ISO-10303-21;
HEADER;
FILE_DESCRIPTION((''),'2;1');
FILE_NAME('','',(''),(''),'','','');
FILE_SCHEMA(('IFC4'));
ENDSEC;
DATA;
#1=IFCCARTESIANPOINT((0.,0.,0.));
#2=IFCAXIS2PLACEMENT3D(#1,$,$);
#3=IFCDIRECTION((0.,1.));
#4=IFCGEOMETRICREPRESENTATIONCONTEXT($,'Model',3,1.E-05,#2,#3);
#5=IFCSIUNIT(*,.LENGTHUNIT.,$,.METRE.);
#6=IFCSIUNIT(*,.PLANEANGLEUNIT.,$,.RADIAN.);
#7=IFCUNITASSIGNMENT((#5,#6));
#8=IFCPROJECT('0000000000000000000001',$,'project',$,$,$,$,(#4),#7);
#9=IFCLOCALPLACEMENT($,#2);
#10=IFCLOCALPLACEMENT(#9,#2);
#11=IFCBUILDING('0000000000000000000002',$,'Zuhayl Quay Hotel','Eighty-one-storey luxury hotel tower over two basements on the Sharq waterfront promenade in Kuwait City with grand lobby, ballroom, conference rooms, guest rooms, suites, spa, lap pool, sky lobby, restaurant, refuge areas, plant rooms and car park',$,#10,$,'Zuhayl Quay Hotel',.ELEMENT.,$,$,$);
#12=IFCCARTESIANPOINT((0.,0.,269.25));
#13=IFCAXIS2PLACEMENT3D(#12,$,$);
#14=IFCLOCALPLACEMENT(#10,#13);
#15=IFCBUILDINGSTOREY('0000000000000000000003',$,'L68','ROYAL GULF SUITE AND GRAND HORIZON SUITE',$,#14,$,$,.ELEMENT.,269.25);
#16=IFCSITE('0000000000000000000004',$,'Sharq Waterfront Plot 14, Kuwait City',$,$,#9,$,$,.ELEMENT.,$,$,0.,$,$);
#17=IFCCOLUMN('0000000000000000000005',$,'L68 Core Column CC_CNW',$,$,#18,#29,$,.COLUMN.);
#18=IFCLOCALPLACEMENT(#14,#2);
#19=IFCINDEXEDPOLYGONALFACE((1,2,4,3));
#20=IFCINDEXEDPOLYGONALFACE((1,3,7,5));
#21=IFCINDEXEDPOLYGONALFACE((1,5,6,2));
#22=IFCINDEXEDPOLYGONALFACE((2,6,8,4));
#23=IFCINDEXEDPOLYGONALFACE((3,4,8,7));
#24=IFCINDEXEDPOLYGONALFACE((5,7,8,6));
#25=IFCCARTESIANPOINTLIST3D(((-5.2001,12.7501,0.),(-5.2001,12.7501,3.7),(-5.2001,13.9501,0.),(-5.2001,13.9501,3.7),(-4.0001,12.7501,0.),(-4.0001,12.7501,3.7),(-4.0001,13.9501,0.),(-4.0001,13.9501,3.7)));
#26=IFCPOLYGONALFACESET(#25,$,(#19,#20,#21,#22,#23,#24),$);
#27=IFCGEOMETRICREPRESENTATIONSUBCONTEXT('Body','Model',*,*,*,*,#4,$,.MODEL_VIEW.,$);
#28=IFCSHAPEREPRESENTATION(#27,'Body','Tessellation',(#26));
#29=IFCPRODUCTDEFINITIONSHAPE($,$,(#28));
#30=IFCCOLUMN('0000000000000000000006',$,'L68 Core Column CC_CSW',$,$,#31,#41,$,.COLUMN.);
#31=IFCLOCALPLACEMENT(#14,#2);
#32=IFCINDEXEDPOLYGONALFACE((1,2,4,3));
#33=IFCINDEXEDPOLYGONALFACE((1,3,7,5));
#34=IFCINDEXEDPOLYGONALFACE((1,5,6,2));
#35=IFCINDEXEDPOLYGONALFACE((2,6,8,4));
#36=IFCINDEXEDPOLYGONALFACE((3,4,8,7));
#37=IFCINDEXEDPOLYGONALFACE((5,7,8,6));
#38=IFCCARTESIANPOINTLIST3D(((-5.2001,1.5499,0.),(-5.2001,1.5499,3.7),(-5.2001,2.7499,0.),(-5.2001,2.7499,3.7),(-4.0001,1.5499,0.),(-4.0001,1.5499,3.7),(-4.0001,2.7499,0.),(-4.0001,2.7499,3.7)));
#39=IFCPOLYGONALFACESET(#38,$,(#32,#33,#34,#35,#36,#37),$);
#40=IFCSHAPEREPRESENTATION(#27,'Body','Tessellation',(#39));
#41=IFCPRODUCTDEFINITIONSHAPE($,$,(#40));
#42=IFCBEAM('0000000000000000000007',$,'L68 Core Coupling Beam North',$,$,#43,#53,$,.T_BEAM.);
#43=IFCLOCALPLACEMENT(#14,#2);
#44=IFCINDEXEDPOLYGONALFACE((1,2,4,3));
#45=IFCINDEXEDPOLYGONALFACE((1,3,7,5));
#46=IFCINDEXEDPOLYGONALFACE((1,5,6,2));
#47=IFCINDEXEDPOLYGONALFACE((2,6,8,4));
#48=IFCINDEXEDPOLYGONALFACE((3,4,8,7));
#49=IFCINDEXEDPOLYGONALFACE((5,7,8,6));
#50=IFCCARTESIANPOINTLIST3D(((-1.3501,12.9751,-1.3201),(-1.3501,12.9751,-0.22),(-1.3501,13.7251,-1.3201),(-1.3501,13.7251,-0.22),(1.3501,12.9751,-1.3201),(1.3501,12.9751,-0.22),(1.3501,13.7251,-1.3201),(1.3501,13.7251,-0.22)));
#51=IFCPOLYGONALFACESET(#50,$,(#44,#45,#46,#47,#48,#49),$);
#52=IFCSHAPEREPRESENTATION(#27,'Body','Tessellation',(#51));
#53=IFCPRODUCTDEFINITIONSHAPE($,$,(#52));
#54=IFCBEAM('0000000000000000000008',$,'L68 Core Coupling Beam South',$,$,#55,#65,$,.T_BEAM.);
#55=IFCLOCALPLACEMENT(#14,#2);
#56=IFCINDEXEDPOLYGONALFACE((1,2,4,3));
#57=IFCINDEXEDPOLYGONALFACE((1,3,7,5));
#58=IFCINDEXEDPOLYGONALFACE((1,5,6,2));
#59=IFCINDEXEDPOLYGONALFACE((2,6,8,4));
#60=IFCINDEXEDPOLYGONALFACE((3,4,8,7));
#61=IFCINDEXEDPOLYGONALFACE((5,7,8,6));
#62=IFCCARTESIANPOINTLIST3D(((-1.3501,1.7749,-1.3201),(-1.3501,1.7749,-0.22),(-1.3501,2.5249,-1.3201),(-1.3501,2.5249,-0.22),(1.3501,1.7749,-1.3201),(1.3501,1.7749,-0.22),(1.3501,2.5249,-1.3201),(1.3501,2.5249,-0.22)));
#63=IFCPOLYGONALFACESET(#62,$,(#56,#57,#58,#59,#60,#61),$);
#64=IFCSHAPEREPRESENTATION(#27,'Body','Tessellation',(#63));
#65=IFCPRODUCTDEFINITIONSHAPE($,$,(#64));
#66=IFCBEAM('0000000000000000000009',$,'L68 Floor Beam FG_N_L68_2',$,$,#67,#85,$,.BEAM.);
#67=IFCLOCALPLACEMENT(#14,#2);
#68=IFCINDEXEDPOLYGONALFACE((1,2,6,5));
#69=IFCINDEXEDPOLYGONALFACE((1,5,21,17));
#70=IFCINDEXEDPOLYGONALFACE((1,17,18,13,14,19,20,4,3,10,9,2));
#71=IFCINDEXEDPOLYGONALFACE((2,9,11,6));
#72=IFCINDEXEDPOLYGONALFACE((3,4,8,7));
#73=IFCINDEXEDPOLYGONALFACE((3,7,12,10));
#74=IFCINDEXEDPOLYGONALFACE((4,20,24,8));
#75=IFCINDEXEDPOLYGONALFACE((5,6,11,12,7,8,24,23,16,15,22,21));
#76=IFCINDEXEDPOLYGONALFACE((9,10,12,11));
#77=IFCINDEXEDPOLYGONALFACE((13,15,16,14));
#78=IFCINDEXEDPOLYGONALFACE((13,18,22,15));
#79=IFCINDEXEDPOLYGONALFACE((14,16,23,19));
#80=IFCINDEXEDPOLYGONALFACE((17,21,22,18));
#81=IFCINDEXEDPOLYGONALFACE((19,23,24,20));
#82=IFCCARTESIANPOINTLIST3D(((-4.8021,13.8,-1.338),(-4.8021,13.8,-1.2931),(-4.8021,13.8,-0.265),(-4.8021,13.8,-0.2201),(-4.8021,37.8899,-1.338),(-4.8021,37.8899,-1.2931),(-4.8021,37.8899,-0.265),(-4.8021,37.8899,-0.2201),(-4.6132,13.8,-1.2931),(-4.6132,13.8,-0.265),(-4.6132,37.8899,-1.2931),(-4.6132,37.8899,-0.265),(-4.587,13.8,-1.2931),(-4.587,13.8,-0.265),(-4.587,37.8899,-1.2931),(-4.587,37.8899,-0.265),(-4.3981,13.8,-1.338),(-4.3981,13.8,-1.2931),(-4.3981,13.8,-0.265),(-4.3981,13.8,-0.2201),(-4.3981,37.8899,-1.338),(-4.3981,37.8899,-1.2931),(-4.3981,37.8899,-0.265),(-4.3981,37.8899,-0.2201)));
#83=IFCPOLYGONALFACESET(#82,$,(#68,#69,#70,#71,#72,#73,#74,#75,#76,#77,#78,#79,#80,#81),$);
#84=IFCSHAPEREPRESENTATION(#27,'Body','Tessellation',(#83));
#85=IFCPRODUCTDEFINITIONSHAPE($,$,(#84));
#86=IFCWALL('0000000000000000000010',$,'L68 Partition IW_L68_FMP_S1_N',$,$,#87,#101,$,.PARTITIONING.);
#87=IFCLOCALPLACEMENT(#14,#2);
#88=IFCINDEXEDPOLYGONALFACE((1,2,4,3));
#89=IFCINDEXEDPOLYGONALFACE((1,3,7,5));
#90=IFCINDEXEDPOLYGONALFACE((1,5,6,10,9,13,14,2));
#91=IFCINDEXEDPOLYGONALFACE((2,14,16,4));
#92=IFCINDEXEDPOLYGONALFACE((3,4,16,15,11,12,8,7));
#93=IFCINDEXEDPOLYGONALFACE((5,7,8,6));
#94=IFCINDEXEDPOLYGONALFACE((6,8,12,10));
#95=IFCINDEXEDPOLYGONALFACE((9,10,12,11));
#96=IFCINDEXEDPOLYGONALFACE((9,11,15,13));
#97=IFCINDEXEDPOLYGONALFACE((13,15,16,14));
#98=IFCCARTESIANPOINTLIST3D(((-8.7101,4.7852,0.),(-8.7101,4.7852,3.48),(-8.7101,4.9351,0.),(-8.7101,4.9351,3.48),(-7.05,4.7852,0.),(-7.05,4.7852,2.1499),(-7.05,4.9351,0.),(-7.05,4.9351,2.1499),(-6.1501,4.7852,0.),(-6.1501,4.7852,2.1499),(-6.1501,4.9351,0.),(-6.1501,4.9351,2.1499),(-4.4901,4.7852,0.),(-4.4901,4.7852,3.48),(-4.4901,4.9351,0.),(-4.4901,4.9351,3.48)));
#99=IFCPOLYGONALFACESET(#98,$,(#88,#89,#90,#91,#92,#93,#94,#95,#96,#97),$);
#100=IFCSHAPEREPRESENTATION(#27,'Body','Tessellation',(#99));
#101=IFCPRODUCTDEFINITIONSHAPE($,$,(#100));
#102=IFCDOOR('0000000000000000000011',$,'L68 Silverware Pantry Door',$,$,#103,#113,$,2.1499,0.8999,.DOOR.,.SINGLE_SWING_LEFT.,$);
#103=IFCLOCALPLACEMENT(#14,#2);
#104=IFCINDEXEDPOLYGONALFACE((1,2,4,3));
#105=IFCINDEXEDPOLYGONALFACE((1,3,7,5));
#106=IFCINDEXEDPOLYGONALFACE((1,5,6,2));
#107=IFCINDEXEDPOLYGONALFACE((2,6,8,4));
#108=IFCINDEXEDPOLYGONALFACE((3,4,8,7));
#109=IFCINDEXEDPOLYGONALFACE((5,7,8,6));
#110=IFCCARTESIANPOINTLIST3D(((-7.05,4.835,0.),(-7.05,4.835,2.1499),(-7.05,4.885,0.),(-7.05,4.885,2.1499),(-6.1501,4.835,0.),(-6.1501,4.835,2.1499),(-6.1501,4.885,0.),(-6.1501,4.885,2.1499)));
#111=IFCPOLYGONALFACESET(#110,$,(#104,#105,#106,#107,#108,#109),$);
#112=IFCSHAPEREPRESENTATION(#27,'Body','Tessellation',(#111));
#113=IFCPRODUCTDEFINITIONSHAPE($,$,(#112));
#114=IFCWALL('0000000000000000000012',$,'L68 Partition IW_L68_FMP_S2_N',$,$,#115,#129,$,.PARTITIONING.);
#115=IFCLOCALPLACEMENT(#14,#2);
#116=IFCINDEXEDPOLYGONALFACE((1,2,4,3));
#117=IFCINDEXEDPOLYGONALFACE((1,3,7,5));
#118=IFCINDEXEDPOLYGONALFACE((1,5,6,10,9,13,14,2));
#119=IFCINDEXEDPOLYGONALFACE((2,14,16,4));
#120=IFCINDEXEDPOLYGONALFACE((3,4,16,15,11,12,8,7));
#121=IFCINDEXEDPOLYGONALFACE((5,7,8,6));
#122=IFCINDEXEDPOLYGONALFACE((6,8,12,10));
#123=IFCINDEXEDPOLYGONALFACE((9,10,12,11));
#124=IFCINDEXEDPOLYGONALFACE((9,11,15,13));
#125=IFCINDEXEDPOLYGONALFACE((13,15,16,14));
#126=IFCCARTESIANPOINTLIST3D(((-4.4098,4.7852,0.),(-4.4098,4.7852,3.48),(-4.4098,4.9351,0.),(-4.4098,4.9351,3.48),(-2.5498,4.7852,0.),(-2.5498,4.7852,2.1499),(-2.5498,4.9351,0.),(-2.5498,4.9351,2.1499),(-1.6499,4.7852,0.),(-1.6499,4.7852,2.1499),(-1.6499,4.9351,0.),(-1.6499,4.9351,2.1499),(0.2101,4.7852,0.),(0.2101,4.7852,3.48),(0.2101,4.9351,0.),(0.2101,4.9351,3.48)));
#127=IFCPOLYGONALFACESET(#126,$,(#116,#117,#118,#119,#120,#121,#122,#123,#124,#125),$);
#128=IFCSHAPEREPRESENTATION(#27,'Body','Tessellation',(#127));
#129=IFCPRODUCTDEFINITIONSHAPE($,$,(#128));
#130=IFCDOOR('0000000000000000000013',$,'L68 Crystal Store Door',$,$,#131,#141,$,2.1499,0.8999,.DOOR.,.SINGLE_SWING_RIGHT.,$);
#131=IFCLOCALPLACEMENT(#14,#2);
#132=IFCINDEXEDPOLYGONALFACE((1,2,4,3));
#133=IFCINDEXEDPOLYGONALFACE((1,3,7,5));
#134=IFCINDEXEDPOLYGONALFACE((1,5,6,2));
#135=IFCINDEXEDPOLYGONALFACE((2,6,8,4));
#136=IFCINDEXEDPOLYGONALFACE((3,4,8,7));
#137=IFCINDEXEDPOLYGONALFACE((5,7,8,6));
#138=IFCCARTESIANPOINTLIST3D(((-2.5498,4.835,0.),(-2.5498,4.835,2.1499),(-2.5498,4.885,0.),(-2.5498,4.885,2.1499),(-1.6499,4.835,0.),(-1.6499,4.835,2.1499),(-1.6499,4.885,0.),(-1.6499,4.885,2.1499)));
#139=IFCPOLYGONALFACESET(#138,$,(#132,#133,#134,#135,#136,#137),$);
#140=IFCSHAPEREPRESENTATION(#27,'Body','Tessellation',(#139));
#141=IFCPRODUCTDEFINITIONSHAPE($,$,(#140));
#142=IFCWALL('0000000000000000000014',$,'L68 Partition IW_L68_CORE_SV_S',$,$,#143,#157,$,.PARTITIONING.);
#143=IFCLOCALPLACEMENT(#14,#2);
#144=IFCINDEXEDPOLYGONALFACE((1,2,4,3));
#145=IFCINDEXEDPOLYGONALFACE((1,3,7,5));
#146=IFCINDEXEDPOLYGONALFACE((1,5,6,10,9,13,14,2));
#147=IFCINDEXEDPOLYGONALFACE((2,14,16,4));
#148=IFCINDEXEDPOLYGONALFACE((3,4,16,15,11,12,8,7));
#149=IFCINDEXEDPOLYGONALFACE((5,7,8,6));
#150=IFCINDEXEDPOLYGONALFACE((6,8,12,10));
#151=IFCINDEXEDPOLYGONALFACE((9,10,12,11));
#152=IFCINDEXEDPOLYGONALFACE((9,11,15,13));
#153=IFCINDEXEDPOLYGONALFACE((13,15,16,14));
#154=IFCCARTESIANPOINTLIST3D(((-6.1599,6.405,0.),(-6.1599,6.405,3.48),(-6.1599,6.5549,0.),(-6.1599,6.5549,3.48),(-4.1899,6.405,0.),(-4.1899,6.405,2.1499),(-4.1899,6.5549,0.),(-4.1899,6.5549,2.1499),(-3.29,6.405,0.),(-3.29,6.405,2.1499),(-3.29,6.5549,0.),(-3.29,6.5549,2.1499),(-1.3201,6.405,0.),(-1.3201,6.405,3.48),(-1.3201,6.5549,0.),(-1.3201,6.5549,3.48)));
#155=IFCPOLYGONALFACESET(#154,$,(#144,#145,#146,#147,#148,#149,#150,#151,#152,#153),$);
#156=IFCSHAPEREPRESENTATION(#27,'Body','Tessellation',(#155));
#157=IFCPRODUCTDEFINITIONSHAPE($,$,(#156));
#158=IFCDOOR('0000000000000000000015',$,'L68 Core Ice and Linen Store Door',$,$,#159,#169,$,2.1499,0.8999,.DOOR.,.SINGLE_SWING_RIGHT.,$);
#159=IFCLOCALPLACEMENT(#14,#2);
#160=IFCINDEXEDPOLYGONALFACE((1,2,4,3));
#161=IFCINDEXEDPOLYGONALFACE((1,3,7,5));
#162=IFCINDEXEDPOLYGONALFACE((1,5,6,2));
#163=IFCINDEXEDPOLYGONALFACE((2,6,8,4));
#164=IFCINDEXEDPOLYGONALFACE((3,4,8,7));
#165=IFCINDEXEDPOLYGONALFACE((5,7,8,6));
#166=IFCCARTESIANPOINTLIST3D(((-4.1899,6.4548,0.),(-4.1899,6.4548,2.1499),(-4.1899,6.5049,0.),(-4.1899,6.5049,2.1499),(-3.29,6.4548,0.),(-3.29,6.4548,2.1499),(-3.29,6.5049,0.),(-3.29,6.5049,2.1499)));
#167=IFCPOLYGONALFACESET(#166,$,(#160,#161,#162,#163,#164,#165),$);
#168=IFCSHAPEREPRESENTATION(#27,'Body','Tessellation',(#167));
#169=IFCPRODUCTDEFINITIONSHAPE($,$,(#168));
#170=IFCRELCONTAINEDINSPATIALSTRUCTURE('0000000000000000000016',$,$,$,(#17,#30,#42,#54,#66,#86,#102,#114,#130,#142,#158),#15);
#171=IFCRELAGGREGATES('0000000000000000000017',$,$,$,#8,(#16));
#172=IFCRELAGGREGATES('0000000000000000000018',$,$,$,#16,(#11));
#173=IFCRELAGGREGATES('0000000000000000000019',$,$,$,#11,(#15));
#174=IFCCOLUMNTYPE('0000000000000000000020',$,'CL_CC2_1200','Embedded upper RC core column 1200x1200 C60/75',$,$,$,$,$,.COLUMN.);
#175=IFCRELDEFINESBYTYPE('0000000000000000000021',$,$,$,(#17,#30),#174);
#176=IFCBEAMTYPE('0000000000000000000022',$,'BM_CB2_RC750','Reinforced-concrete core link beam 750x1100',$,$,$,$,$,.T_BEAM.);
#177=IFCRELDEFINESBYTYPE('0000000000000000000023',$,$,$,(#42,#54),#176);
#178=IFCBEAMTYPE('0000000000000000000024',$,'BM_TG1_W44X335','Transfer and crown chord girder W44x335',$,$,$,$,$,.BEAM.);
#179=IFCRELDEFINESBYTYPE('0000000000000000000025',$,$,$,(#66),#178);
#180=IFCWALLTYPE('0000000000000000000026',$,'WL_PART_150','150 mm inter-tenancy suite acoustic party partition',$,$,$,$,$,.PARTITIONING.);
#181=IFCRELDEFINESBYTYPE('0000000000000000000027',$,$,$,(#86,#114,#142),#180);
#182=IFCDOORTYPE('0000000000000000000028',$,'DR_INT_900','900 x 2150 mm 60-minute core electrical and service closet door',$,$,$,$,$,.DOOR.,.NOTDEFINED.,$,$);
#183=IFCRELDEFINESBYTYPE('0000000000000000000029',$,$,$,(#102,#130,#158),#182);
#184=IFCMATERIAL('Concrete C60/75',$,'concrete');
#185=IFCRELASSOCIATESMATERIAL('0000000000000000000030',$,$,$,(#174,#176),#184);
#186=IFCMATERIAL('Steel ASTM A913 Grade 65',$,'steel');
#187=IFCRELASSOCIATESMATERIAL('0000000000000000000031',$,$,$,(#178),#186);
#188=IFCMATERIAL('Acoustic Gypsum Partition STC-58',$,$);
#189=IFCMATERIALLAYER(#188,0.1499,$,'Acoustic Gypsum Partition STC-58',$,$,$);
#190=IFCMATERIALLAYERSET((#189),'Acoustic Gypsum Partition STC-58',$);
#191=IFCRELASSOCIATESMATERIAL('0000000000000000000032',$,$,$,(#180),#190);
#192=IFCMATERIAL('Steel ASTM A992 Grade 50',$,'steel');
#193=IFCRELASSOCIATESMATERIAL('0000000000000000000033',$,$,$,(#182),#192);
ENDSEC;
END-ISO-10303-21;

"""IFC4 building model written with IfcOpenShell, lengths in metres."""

from ifc_helpers import new_model, si_unit, direction, frame, frame_2d, origin, origin_2d, place, context, subcontext, project, spatial, rectangle, i_section, extrude, material, layer, layer_set, material_profile, profile_set, type_object, element, fill, save


model = new_model("IFC4")

# Units and contexts
model_context = context("Model", 3, precision=1e-05, world=origin(), true_north=direction((0.0, 1.0)))
body_context = subcontext(model_context, "Body", "Model", "MODEL_VIEW")
ifc_project = project(units=[si_unit("LENGTHUNIT", "METRE"), si_unit("PLANEANGLEUNIT", "RADIAN")], contexts=[model_context])

# Site, building, storey
site_placement = place(None, origin())
site = spatial("IfcSite", under=ifc_project, at=site_placement, Name="Sharq Waterfront Plot 14, Kuwait City", CompositionType="ELEMENT", RefElevation=0.0)
building_placement = place(site_placement, origin())
building = spatial("IfcBuilding", under=site, at=building_placement, Name="Zuhayl Quay Hotel", Description="Eighty-one-storey luxury hotel tower over two basements on the Sharq waterfront promenade in Kuwait City with grand lobby, ballroom, conference rooms, guest rooms, suites, spa, lap pool, sky lobby, restaurant, refuge areas, plant rooms and car park", LongName="Zuhayl Quay Hotel", CompositionType="ELEMENT")
storey_placement = place(building_placement, frame((0.0, 0.0, 269.25)))
storey = spatial("IfcBuildingStorey", under=building, at=storey_placement, Name="L68", Description="ROYAL GULF SUITE AND GRAND HORIZON SUITE", CompositionType="ELEMENT", Elevation=269.25)

# Columns
ifc_material_1 = material(Name="Concrete C60/75", Category="concrete")
ifc_material_profile_1 = material_profile(ifc_material_1, rectangle(XDim=1.2, YDim=1.2, at=origin_2d()), Name="RC1200X1200")
ifc_profile_set_1 = profile_set([ifc_material_profile_1], Name="Concrete C60/75")
column_type = type_object("IfcColumnType", Name="CL_CC2_1200", Description="Embedded upper RC core column 1200x1200 C60/75", PredefinedType="COLUMN", material=ifc_profile_set_1)
for number, where, z_axis, x_axis, name in (
    (1, (-4.6001, 13.3501, 0.0), (0.0, 0.0, 1.0), (1.0, 0.0, 0.0), "L68 Core Column CC_CNW"),
    (2, (-4.6001, 2.1499, 0.0), (0.0, 0.0, 1.0), (1.0, 0.0, 0.0), "L68 Core Column CC_CSW"),
):
    element("IfcColumn", number, at=place(storey_placement, frame(where, z_axis=z_axis, x_axis=x_axis)), inside=storey, type_object=column_type, Name=name, PredefinedType="COLUMN", context=body_context, shape_type="SweptSolid", body=[
        extrude(rectangle(XDim=1.2, YDim=1.2, at=origin_2d()), origin(), (0.0, 0.0, 1.0), 3.7),
    ])

# Beams
ifc_material_profile_2 = material_profile(ifc_material_1, rectangle(XDim=0.75, YDim=1.1001, at=origin_2d()), Name="RC750X1100")
ifc_profile_set_2 = profile_set([ifc_material_profile_2], Name="Concrete C60/75")
beam_type_1 = type_object("IfcBeamType", Name="BM_CB2_RC750", Description="Reinforced-concrete core link beam 750x1100", PredefinedType="T_BEAM", material=ifc_profile_set_2)
for number, where, z_axis, x_axis, name in (
    (3, (-1.3501, 13.3501, -0.77), (1.0, 0.0, 0.0), (0.0, 1.0, 0.0), "L68 Core Coupling Beam North"),
    (4, (-1.3501, 2.1499, -0.77), (1.0, 0.0, 0.0), (0.0, 1.0, 0.0), "L68 Core Coupling Beam South"),
):
    element("IfcBeam", number, at=place(storey_placement, frame(where, z_axis=z_axis, x_axis=x_axis)), inside=storey, type_object=beam_type_1, Name=name, PredefinedType="T_BEAM", context=body_context, shape_type="SweptSolid", body=[
        extrude(rectangle(XDim=0.75, YDim=1.1001, at=origin_2d()), origin(), (0.0, 0.0, 1.0), 2.7002),
    ])
ifc_material_2 = material(Name="Steel ASTM A913 Grade 65", Category="steel")
ifc_material_profile_3 = material_profile(ifc_material_2, i_section(OverallWidth=0.4041, OverallDepth=1.1179, WebThickness=0.0261, FlangeThickness=0.0449, at=origin_2d()), Name="W44X335")
ifc_profile_set_3 = profile_set([ifc_material_profile_3], Name="Steel ASTM A913 Grade 65")
beam_type_2 = type_object("IfcBeamType", Name="BM_TG1_W44X335", Description="Transfer and crown chord girder W44x335", PredefinedType="BEAM", material=ifc_profile_set_3)
beam_placement = place(storey_placement, frame((-4.6001, 13.8, -0.7791), z_axis=(0.0, 1.0, 0.0), x_axis=(-1.0, 0.0, 0.0)))
element("IfcBeam", 5, at=beam_placement, inside=storey, type_object=beam_type_2, Name="L68 Floor Beam FG_N_L68_2", PredefinedType="BEAM", context=body_context, shape_type="SweptSolid", body=[
    extrude(i_section(OverallWidth=0.4041, OverallDepth=1.1179, WebThickness=0.0261, FlangeThickness=0.0449, at=origin_2d()), origin(), (0.0, 0.0, 1.0), 24.0898),
])

# Walls, openings, doors
ifc_material_3 = material(Name="Acoustic Gypsum Partition STC-58")
ifc_layer_1 = layer(ifc_material_3, 0.1499, Name="Acoustic Gypsum Partition STC-58")
ifc_layer_set_1 = layer_set([ifc_layer_1], Name="Acoustic Gypsum Partition STC-58")
wall_type_1 = type_object("IfcWallType", Name="WL_PART_150", Description="150 mm inter-tenancy suite acoustic party partition", PredefinedType="PARTITIONING", material=ifc_layer_set_1)
wall_1_placement = place(storey_placement, frame((-8.71, 4.8601, 0.0), z_axis=(0.0, 0.0, 1.0), x_axis=(1.0, 0.0, 0.0)))
wall_1 = element("IfcWall", 6, at=wall_1_placement, inside=storey, type_object=wall_type_1, Name="L68 Partition IW_L68_FMP_S1_N", PredefinedType="PARTITIONING", context=body_context, shape_type="SweptSolid", body=[
    extrude(rectangle(XDim=4.22, YDim=0.1499, at=frame_2d((2.1099, 0.0))), origin(), (0.0, 0.0, 1.0), 3.48),
])
opening_1_placement = place(wall_1_placement, frame((1.6599, 0.0, 0.0)))
opening_1 = element("IfcOpeningElement", 7, at=opening_1_placement, cuts=wall_1, PredefinedType="OPENING", context=body_context, shape_type="SweptSolid", body=[
    extrude(rectangle(XDim=0.8999, YDim=2.1499, at=frame_2d((0.45, 1.075))), frame((0.0, 0.085, 0.0), z_axis=(0.0, -1.0, 0.0), x_axis=(1.0, 0.0, 0.0)), (0.0, 0.0, 1.0), 0.1699),
])
ifc_material_4 = material(Name="Steel ASTM A992 Grade 50", Category="steel")
door_type_1 = type_object("IfcDoorType", Name="DR_INT_900", Description="900 x 2150 mm 60-minute core electrical and service closet door", OperationType="NOTDEFINED", PredefinedType="DOOR", material=ifc_material_4)
door_1_placement = place(opening_1_placement, origin())
door_1 = element("IfcDoor", 8, at=door_1_placement, inside=storey, type_object=door_type_1, Name="L68 Silverware Pantry Door", OperationType="SINGLE_SWING_LEFT", OverallHeight=2.1499, OverallWidth=0.8999, PredefinedType="DOOR", context=body_context, shape_type="SweptSolid", body=[
    extrude(rectangle(XDim=0.8999, YDim=2.1499, at=frame_2d((0.45, 1.075))), frame((0.0, 0.0249, 0.0), z_axis=(0.0, -1.0, 0.0), x_axis=(1.0, 0.0, 0.0)), (0.0, 0.0, 1.0), 0.05),
])
fill(opening_1, door_1)
wall_2_placement = place(storey_placement, frame((-4.4099, 4.8601, 0.0), z_axis=(0.0, 0.0, 1.0), x_axis=(1.0, 0.0, 0.0)))
wall_2 = element("IfcWall", 9, at=wall_2_placement, inside=storey, type_object=wall_type_1, Name="L68 Partition IW_L68_FMP_S2_N", PredefinedType="PARTITIONING", context=body_context, shape_type="SweptSolid", body=[
    extrude(rectangle(XDim=4.6199, YDim=0.1499, at=frame_2d((2.3101, 0.0))), origin(), (0.0, 0.0, 1.0), 3.48),
])
opening_2_placement = place(wall_2_placement, frame((1.8601, 0.0, 0.0)))
opening_2 = element("IfcOpeningElement", 10, at=opening_2_placement, cuts=wall_2, PredefinedType="OPENING", context=body_context, shape_type="SweptSolid", body=[
    extrude(rectangle(XDim=0.8999, YDim=2.1499, at=frame_2d((0.45, 1.075))), frame((0.0, 0.085, 0.0), z_axis=(0.0, -1.0, 0.0), x_axis=(1.0, 0.0, 0.0)), (0.0, 0.0, 1.0), 0.1699),
])
door_2_placement = place(opening_2_placement, origin())
door_2 = element("IfcDoor", 11, at=door_2_placement, inside=storey, type_object=door_type_1, Name="L68 Crystal Store Door", OperationType="SINGLE_SWING_RIGHT", OverallHeight=2.1499, OverallWidth=0.8999, PredefinedType="DOOR", context=body_context, shape_type="SweptSolid", body=[
    extrude(rectangle(XDim=0.8999, YDim=2.1499, at=frame_2d((0.45, 1.075))), frame((0.0, 0.0249, 0.0), z_axis=(0.0, -1.0, 0.0), x_axis=(1.0, 0.0, 0.0)), (0.0, 0.0, 1.0), 0.05),
])
fill(opening_2, door_2)
wall_3_placement = place(storey_placement, frame((-6.1599, 6.48, 0.0), z_axis=(0.0, 0.0, 1.0), x_axis=(1.0, 0.0, 0.0)))
wall_3 = element("IfcWall", 12, at=wall_3_placement, inside=storey, type_object=wall_type_1, Name="L68 Partition IW_L68_CORE_SV_S", PredefinedType="PARTITIONING", context=body_context, shape_type="SweptSolid", body=[
    extrude(rectangle(XDim=4.8398, YDim=0.1499, at=frame_2d((2.4199, 0.0))), origin(), (0.0, 0.0, 1.0), 3.48),
])
opening_3_placement = place(wall_3_placement, frame((1.97, 0.0, 0.0)))
opening_3 = element("IfcOpeningElement", 13, at=opening_3_placement, cuts=wall_3, PredefinedType="OPENING", context=body_context, shape_type="SweptSolid", body=[
    extrude(rectangle(XDim=0.8999, YDim=2.1499, at=frame_2d((0.45, 1.075))), frame((0.0, 0.085, 0.0), z_axis=(0.0, -1.0, 0.0), x_axis=(1.0, 0.0, 0.0)), (0.0, 0.0, 1.0), 0.1699),
])
door_3_placement = place(opening_3_placement, origin())
door_3 = element("IfcDoor", 14, at=door_3_placement, inside=storey, type_object=door_type_1, Name="L68 Core Ice and Linen Store Door", OperationType="SINGLE_SWING_RIGHT", OverallHeight=2.1499, OverallWidth=0.8999, PredefinedType="DOOR", context=body_context, shape_type="SweptSolid", body=[
    extrude(rectangle(XDim=0.8999, YDim=2.1499, at=frame_2d((0.45, 1.075))), frame((0.0, 0.0249, 0.0), z_axis=(0.0, -1.0, 0.0), x_axis=(1.0, 0.0, 0.0)), (0.0, 0.0, 1.0), 0.05),
])
fill(opening_3, door_3)

save(model, "model.ifc")
